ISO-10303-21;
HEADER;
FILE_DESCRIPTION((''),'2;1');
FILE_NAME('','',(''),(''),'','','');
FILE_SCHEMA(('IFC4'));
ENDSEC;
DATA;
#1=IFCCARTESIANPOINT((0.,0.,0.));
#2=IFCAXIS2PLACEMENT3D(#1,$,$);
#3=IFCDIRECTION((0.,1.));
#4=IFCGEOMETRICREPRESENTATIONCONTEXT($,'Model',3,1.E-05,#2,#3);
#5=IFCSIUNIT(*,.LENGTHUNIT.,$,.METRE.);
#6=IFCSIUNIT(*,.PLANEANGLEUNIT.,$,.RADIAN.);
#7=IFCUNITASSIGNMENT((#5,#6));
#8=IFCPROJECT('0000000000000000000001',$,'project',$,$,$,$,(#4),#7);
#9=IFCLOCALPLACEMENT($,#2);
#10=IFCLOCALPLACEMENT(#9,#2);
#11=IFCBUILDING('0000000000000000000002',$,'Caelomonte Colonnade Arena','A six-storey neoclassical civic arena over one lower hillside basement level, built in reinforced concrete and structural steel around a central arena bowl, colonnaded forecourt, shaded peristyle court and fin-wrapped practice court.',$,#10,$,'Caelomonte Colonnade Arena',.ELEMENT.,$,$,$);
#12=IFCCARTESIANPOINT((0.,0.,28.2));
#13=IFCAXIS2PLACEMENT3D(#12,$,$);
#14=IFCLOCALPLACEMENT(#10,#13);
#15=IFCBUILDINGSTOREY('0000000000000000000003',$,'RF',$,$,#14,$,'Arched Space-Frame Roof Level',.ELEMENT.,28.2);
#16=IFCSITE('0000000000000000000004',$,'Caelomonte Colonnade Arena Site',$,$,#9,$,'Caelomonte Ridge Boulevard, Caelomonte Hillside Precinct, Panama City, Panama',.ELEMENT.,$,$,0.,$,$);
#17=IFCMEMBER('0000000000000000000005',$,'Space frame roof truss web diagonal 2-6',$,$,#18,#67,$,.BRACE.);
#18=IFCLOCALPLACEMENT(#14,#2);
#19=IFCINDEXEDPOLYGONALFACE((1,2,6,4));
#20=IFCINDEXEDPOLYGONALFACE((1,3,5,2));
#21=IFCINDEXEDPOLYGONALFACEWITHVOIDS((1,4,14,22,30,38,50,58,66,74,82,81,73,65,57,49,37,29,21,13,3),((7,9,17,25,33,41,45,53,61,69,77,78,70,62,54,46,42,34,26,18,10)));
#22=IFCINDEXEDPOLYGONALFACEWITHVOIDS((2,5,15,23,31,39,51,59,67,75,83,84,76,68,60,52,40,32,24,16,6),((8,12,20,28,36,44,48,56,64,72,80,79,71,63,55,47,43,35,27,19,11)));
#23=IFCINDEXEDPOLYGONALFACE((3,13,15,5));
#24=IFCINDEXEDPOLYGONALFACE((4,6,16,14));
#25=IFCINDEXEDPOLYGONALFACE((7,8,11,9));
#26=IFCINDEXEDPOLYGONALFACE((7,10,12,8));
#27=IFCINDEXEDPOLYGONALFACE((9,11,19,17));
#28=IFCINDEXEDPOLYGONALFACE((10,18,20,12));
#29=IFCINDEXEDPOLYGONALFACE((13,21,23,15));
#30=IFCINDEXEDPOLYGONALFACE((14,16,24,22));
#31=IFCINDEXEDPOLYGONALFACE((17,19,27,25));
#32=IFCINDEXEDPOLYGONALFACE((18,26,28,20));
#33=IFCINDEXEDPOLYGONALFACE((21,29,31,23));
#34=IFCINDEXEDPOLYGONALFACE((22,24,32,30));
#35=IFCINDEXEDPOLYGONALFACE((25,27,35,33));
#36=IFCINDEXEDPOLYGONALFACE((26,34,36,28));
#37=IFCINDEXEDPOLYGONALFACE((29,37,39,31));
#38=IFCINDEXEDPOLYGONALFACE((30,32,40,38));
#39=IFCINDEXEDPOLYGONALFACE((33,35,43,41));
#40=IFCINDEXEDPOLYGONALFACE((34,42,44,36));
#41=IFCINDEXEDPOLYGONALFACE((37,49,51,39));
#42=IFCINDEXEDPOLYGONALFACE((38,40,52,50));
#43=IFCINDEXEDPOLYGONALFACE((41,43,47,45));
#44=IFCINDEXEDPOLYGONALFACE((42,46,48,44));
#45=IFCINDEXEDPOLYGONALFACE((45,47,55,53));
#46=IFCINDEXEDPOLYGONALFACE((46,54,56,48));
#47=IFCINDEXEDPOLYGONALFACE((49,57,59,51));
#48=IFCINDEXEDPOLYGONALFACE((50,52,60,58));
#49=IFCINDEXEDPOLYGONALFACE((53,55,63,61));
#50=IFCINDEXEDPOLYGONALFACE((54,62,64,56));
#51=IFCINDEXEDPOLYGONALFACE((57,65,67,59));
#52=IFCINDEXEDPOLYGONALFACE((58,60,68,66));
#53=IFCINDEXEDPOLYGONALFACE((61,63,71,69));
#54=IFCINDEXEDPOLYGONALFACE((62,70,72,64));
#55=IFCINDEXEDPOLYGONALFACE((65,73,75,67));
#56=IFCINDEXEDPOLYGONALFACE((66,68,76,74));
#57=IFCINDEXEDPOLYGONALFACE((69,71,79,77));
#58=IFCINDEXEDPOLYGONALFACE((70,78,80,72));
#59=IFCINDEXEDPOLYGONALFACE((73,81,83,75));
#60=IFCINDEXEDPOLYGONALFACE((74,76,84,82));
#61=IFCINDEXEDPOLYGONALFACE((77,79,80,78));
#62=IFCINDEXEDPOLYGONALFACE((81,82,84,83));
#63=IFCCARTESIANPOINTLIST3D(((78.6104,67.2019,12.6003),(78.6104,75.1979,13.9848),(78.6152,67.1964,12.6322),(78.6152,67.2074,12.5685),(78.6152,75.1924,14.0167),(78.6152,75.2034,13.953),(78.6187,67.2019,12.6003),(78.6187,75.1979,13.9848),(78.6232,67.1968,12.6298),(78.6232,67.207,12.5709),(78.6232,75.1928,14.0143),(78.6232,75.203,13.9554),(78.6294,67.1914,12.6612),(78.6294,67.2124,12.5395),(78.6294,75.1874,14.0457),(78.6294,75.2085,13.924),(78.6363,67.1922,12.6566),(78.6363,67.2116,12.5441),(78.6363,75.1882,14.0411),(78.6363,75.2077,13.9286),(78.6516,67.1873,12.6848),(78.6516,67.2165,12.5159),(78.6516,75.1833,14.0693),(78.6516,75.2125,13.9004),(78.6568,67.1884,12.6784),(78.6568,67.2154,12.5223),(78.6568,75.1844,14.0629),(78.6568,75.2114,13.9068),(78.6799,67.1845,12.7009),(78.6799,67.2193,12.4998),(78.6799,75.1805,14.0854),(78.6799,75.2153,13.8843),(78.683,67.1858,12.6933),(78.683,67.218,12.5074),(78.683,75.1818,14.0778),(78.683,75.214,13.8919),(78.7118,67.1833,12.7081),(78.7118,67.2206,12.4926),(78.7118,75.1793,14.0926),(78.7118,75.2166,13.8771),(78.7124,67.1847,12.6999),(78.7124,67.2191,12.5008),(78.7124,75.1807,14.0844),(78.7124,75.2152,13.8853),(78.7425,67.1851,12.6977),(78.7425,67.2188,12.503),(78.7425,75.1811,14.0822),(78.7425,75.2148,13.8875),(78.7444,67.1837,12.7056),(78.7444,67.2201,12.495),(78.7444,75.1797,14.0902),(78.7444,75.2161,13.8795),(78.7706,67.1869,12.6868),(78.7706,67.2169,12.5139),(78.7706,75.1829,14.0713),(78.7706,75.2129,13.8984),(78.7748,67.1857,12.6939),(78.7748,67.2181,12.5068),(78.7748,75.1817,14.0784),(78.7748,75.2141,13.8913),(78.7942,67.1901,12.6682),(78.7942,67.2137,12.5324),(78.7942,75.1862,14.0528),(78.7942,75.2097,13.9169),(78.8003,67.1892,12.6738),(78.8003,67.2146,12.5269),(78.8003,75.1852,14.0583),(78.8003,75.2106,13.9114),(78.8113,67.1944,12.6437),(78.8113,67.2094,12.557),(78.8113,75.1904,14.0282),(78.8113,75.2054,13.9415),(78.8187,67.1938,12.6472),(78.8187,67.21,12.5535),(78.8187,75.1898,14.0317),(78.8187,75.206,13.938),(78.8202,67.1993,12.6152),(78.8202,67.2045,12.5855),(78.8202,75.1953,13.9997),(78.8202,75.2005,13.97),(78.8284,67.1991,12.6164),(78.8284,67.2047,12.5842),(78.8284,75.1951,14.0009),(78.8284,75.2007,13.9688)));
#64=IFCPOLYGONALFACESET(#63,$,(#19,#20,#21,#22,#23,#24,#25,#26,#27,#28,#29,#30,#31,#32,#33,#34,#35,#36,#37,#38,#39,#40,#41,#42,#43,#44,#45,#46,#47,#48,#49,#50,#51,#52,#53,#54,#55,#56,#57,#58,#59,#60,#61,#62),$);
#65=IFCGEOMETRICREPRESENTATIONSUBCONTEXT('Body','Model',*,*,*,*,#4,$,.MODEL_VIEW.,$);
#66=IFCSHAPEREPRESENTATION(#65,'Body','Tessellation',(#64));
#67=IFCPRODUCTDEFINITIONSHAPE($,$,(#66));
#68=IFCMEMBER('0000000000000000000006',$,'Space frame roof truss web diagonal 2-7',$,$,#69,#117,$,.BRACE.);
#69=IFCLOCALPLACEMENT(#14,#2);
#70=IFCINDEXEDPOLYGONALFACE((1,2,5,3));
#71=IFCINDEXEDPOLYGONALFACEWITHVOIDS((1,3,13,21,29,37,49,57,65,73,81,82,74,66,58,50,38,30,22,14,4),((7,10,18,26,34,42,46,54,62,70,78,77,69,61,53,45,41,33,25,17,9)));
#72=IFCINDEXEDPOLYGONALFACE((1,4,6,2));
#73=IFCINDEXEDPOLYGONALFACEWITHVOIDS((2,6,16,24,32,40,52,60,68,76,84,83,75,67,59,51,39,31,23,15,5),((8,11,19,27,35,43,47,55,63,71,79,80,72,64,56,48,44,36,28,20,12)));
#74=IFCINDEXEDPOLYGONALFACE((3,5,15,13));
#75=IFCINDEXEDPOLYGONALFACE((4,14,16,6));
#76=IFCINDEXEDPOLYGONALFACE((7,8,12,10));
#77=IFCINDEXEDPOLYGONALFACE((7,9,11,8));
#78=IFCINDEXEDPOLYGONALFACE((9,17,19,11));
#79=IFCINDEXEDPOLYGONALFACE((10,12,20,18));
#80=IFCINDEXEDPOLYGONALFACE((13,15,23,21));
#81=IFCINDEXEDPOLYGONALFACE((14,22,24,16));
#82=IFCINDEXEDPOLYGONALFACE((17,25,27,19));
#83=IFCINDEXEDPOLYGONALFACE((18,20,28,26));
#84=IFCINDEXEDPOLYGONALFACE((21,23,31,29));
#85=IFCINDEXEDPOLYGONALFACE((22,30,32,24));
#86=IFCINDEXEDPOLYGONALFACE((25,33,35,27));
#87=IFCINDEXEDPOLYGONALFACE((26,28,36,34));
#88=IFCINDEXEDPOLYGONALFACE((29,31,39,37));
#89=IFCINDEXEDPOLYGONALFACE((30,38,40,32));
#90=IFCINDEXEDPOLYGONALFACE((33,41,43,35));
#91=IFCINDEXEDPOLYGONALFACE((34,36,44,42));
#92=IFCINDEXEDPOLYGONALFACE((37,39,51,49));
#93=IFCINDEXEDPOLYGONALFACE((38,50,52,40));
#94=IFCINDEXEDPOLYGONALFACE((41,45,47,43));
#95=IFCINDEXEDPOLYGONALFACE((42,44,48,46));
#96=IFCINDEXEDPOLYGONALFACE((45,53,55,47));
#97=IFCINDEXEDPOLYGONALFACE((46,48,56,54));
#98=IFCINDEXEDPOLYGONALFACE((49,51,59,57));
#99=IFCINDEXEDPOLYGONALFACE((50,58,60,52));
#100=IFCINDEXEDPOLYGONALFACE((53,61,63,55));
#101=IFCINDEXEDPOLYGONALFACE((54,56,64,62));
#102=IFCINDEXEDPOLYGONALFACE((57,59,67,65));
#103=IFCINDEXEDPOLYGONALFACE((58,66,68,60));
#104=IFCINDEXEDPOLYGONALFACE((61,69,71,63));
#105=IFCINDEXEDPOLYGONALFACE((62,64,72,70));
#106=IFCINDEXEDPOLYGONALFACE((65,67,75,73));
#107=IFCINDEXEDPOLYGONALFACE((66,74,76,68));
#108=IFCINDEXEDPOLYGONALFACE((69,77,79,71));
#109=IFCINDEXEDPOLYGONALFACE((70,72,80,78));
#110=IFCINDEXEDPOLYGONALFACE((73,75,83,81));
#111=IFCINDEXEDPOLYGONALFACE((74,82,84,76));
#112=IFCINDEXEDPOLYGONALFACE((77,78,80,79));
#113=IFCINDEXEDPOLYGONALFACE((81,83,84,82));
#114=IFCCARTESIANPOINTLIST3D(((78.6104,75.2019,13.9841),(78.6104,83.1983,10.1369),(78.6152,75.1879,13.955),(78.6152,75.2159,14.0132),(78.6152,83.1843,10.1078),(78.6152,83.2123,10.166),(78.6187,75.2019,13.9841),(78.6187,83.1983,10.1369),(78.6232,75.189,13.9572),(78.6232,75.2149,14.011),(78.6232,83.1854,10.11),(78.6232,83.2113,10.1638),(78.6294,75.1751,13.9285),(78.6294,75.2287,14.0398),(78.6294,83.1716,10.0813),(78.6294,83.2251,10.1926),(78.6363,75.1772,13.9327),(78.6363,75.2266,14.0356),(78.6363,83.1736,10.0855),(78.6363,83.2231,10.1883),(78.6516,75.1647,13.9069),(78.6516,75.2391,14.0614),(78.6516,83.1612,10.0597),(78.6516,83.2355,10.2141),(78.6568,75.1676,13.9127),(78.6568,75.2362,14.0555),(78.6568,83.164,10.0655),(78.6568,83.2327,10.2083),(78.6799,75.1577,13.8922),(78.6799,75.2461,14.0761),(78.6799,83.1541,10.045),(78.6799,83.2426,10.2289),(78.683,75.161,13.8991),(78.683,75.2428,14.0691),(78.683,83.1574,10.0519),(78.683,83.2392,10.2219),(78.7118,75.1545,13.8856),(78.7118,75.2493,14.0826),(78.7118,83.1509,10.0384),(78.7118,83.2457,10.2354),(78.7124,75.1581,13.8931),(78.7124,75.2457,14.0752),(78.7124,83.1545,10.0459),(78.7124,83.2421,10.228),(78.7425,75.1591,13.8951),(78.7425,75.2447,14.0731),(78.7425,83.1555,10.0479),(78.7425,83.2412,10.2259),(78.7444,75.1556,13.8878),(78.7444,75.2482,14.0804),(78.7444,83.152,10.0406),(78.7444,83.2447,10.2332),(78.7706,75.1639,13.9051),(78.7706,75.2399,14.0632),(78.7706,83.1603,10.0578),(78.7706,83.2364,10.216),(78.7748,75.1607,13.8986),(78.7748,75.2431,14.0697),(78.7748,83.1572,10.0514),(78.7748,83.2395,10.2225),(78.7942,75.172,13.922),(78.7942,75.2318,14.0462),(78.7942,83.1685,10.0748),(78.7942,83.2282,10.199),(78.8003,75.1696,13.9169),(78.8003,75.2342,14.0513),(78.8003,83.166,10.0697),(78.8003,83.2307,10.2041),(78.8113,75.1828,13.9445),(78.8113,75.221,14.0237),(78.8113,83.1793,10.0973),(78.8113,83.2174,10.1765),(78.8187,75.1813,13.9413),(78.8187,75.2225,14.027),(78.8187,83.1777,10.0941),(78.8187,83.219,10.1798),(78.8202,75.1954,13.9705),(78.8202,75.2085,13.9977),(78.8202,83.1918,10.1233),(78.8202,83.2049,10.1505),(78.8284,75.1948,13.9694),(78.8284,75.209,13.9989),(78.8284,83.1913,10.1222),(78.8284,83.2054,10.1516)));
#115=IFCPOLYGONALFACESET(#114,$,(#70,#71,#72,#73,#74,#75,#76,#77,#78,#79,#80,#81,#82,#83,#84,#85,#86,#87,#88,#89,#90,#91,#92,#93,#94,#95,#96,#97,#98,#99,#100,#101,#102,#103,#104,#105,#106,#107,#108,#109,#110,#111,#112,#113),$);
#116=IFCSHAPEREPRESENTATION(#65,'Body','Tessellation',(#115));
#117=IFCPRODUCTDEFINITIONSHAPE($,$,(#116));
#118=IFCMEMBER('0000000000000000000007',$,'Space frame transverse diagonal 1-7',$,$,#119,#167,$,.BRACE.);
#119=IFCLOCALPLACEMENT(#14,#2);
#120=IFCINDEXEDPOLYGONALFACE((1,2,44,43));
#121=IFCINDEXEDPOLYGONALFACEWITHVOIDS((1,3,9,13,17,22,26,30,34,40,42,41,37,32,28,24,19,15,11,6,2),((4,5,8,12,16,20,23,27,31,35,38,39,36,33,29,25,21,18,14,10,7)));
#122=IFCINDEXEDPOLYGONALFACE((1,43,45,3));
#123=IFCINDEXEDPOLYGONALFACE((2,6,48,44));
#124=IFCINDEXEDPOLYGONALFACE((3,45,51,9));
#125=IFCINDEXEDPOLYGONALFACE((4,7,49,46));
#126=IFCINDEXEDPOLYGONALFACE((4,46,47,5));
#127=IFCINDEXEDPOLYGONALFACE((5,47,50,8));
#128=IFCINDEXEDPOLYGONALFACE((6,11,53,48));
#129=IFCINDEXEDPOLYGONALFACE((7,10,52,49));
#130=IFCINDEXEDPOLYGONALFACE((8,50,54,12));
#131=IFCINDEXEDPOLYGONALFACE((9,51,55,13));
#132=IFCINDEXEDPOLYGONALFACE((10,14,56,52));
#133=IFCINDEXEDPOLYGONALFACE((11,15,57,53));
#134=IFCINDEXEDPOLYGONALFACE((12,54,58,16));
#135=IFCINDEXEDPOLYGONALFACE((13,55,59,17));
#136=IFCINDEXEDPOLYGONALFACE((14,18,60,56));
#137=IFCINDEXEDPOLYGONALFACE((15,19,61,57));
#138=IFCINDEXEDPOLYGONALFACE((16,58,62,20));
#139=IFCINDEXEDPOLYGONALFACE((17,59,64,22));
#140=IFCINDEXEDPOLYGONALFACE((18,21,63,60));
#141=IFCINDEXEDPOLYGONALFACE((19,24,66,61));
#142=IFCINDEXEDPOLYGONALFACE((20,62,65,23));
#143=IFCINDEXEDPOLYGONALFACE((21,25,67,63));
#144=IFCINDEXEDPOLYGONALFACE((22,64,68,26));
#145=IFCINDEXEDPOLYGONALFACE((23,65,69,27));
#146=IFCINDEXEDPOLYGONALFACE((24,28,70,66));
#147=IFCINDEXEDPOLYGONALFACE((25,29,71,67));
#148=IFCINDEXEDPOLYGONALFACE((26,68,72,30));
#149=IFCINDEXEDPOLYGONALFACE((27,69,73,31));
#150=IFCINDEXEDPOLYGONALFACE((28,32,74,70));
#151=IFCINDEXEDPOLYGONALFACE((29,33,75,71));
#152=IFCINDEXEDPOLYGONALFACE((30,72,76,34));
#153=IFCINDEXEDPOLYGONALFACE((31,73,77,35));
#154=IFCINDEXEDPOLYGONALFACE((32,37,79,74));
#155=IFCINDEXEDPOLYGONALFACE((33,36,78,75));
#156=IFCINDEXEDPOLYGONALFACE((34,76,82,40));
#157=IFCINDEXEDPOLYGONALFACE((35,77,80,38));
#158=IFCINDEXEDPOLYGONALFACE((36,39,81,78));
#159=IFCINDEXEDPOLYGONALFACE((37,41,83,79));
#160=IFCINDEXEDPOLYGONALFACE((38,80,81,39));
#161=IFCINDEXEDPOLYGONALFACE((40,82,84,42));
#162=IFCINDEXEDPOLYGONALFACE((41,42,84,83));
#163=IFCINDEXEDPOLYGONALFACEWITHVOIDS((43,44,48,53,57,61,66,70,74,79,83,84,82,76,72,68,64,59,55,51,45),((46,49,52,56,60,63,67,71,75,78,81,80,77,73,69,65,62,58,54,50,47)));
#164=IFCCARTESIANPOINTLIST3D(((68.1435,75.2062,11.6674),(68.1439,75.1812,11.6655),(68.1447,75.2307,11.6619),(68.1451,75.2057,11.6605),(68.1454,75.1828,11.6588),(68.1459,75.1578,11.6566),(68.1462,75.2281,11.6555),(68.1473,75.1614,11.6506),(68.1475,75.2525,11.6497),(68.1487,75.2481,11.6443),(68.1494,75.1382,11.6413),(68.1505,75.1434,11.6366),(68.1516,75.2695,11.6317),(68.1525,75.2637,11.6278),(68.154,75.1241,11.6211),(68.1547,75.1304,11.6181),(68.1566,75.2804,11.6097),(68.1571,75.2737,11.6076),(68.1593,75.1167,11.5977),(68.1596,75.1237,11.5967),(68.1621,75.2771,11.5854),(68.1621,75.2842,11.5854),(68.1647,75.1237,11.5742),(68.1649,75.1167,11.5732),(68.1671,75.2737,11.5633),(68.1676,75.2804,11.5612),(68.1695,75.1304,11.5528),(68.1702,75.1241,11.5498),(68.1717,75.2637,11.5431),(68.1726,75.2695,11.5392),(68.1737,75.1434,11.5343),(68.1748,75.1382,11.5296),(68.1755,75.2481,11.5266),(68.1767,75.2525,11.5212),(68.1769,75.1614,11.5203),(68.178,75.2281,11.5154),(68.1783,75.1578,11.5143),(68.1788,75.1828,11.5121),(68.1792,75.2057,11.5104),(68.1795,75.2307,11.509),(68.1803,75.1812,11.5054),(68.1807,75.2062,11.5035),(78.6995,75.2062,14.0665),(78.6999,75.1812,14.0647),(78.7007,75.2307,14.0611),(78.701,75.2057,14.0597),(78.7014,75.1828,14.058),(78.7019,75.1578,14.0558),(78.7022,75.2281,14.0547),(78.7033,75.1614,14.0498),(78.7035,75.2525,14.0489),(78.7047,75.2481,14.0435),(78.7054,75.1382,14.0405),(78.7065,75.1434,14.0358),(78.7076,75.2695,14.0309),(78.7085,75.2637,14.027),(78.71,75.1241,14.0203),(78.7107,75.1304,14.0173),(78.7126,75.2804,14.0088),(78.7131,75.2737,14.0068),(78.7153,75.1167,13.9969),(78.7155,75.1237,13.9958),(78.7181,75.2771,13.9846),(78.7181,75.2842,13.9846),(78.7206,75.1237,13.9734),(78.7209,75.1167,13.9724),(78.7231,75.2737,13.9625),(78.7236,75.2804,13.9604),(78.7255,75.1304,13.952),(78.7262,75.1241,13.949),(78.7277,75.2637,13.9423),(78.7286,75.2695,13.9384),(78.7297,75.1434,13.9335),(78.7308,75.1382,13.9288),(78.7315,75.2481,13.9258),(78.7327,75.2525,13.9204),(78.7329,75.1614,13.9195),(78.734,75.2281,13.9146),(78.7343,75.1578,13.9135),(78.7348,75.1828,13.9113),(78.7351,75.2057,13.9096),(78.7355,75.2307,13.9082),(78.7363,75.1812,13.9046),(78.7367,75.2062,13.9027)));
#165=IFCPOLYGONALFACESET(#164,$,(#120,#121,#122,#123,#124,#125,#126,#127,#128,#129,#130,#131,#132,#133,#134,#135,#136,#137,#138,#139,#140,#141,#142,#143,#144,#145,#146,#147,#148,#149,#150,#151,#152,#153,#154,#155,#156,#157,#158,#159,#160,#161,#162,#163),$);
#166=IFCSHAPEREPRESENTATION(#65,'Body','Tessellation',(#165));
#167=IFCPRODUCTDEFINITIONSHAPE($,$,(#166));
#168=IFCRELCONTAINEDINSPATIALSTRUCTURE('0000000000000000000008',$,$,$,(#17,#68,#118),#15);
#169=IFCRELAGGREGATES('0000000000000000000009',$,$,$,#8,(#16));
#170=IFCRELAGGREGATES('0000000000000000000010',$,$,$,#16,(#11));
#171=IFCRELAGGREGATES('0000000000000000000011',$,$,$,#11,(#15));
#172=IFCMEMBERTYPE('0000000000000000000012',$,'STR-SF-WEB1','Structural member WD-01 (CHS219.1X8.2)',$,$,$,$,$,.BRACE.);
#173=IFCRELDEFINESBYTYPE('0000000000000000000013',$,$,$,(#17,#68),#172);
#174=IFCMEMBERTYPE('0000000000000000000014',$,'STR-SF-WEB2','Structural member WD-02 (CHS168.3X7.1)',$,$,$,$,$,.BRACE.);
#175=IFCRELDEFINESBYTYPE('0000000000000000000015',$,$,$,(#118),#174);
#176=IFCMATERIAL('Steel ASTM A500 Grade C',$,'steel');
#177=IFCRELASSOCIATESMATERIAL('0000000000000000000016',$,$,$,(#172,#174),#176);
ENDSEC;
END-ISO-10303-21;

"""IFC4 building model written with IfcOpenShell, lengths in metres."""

from ifc_helpers import new_model, si_unit, direction, frame, origin, origin_2d, place, context, subcontext, project, spatial, hollow_circle, extrude, material, material_profile, profile_set, type_object, element, save


model = new_model("IFC4")

# Units and contexts
model_context = context("Model", 3, precision=1e-05, world=origin(), true_north=direction((0.0, 1.0)))
body_context = subcontext(model_context, "Body", "Model", "MODEL_VIEW")
ifc_project = project(units=[si_unit("LENGTHUNIT", "METRE"), si_unit("PLANEANGLEUNIT", "RADIAN")], contexts=[model_context])

# Site, building, storey
site_placement = place(None, origin())
site = spatial("IfcSite", under=ifc_project, at=site_placement, Name="Caelomonte Colonnade Arena Site", LongName="Caelomonte Ridge Boulevard, Caelomonte Hillside Precinct, Panama City, Panama", CompositionType="ELEMENT", RefElevation=0.0)
building_placement = place(site_placement, origin())
building = spatial("IfcBuilding", under=site, at=building_placement, Name="Caelomonte Colonnade Arena", Description="A six-storey neoclassical civic arena over one lower hillside basement level, built in reinforced concrete and structural steel around a central arena bowl, colonnaded forecourt, shaded peristyle court and fin-wrapped practice court.", LongName="Caelomonte Colonnade Arena", CompositionType="ELEMENT")
storey_placement = place(building_placement, frame((0.0, 0.0, 28.2)))
storey = spatial("IfcBuildingStorey", under=building, at=storey_placement, Name="RF", LongName="Arched Space-Frame Roof Level", CompositionType="ELEMENT", Elevation=28.2)

# Members
ifc_material_1 = material(Name="Steel ASTM A500 Grade C", Category="steel")
ifc_material_profile_1 = material_profile(ifc_material_1, hollow_circle(Radius=0.1096, WallThickness=0.0083, at=origin_2d()), Name="CHS219.1X8.2")
ifc_profile_set_1 = profile_set([ifc_material_profile_1], Name="Steel ASTM A500 Grade C")
member_type_1 = type_object("IfcMemberType", Name="STR-SF-WEB1", Description="Structural member WD-01 (CHS219.1X8.2)", PredefinedType="BRACE", material=ifc_profile_set_1)
member_1_placement = place(storey_placement, frame((78.72, 67.2019, 12.6003), z_axis=(0.0, 0.985338, 0.170611), x_axis=(-1.0, 0.0, 0.0)))
element("IfcMember", 1, at=member_1_placement, inside=storey, type_object=member_type_1, Name="Space frame roof truss web diagonal 2-6", PredefinedType="BRACE", context=body_context, shape_type="SweptSolid", body=[
    extrude(hollow_circle(Radius=0.1096, WallThickness=0.0083, at=origin_2d()), origin(), (0.0, 0.0, 1.0), 8.115),
])
member_2_placement = place(storey_placement, frame((78.72, 75.2019, 13.9841), z_axis=(0.0, 0.90113, -0.433548), x_axis=(-1.0, 0.0, 0.0)))
element("IfcMember", 2, at=member_2_placement, inside=storey, type_object=member_type_1, Name="Space frame roof truss web diagonal 2-7", PredefinedType="BRACE", context=body_context, shape_type="SweptSolid", body=[
    extrude(hollow_circle(Radius=0.1096, WallThickness=0.0083, at=origin_2d()), origin(), (0.0, 0.0, 1.0), 8.8738),
])
ifc_material_profile_2 = material_profile(ifc_material_1, hollow_circle(Radius=0.0842, WallThickness=0.0071, at=origin_2d()), Name="CHS168.3X7.1")
ifc_profile_set_2 = profile_set([ifc_material_profile_2], Name="Steel ASTM A500 Grade C")
member_type_2 = type_object("IfcMemberType", Name="STR-SF-WEB2", Description="Structural member WD-02 (CHS168.3X7.1)", PredefinedType="BRACE", material=ifc_profile_set_2)
member_3_placement = place(storey_placement, frame((68.1621, 75.2, 11.5854), z_axis=(0.975131, 0.0, 0.22163), x_axis=(0.0, 1.0, 0.0)))
element("IfcMember", 3, at=member_3_placement, inside=storey, type_object=member_type_2, Name="Space frame transverse diagonal 1-7", PredefinedType="BRACE", context=body_context, shape_type="SweptSolid", body=[
    extrude(hollow_circle(Radius=0.0842, WallThickness=0.0071, at=origin_2d()), origin(), (0.0, 0.0, 1.0), 10.8252),
])

save(model, "model.ifc")
